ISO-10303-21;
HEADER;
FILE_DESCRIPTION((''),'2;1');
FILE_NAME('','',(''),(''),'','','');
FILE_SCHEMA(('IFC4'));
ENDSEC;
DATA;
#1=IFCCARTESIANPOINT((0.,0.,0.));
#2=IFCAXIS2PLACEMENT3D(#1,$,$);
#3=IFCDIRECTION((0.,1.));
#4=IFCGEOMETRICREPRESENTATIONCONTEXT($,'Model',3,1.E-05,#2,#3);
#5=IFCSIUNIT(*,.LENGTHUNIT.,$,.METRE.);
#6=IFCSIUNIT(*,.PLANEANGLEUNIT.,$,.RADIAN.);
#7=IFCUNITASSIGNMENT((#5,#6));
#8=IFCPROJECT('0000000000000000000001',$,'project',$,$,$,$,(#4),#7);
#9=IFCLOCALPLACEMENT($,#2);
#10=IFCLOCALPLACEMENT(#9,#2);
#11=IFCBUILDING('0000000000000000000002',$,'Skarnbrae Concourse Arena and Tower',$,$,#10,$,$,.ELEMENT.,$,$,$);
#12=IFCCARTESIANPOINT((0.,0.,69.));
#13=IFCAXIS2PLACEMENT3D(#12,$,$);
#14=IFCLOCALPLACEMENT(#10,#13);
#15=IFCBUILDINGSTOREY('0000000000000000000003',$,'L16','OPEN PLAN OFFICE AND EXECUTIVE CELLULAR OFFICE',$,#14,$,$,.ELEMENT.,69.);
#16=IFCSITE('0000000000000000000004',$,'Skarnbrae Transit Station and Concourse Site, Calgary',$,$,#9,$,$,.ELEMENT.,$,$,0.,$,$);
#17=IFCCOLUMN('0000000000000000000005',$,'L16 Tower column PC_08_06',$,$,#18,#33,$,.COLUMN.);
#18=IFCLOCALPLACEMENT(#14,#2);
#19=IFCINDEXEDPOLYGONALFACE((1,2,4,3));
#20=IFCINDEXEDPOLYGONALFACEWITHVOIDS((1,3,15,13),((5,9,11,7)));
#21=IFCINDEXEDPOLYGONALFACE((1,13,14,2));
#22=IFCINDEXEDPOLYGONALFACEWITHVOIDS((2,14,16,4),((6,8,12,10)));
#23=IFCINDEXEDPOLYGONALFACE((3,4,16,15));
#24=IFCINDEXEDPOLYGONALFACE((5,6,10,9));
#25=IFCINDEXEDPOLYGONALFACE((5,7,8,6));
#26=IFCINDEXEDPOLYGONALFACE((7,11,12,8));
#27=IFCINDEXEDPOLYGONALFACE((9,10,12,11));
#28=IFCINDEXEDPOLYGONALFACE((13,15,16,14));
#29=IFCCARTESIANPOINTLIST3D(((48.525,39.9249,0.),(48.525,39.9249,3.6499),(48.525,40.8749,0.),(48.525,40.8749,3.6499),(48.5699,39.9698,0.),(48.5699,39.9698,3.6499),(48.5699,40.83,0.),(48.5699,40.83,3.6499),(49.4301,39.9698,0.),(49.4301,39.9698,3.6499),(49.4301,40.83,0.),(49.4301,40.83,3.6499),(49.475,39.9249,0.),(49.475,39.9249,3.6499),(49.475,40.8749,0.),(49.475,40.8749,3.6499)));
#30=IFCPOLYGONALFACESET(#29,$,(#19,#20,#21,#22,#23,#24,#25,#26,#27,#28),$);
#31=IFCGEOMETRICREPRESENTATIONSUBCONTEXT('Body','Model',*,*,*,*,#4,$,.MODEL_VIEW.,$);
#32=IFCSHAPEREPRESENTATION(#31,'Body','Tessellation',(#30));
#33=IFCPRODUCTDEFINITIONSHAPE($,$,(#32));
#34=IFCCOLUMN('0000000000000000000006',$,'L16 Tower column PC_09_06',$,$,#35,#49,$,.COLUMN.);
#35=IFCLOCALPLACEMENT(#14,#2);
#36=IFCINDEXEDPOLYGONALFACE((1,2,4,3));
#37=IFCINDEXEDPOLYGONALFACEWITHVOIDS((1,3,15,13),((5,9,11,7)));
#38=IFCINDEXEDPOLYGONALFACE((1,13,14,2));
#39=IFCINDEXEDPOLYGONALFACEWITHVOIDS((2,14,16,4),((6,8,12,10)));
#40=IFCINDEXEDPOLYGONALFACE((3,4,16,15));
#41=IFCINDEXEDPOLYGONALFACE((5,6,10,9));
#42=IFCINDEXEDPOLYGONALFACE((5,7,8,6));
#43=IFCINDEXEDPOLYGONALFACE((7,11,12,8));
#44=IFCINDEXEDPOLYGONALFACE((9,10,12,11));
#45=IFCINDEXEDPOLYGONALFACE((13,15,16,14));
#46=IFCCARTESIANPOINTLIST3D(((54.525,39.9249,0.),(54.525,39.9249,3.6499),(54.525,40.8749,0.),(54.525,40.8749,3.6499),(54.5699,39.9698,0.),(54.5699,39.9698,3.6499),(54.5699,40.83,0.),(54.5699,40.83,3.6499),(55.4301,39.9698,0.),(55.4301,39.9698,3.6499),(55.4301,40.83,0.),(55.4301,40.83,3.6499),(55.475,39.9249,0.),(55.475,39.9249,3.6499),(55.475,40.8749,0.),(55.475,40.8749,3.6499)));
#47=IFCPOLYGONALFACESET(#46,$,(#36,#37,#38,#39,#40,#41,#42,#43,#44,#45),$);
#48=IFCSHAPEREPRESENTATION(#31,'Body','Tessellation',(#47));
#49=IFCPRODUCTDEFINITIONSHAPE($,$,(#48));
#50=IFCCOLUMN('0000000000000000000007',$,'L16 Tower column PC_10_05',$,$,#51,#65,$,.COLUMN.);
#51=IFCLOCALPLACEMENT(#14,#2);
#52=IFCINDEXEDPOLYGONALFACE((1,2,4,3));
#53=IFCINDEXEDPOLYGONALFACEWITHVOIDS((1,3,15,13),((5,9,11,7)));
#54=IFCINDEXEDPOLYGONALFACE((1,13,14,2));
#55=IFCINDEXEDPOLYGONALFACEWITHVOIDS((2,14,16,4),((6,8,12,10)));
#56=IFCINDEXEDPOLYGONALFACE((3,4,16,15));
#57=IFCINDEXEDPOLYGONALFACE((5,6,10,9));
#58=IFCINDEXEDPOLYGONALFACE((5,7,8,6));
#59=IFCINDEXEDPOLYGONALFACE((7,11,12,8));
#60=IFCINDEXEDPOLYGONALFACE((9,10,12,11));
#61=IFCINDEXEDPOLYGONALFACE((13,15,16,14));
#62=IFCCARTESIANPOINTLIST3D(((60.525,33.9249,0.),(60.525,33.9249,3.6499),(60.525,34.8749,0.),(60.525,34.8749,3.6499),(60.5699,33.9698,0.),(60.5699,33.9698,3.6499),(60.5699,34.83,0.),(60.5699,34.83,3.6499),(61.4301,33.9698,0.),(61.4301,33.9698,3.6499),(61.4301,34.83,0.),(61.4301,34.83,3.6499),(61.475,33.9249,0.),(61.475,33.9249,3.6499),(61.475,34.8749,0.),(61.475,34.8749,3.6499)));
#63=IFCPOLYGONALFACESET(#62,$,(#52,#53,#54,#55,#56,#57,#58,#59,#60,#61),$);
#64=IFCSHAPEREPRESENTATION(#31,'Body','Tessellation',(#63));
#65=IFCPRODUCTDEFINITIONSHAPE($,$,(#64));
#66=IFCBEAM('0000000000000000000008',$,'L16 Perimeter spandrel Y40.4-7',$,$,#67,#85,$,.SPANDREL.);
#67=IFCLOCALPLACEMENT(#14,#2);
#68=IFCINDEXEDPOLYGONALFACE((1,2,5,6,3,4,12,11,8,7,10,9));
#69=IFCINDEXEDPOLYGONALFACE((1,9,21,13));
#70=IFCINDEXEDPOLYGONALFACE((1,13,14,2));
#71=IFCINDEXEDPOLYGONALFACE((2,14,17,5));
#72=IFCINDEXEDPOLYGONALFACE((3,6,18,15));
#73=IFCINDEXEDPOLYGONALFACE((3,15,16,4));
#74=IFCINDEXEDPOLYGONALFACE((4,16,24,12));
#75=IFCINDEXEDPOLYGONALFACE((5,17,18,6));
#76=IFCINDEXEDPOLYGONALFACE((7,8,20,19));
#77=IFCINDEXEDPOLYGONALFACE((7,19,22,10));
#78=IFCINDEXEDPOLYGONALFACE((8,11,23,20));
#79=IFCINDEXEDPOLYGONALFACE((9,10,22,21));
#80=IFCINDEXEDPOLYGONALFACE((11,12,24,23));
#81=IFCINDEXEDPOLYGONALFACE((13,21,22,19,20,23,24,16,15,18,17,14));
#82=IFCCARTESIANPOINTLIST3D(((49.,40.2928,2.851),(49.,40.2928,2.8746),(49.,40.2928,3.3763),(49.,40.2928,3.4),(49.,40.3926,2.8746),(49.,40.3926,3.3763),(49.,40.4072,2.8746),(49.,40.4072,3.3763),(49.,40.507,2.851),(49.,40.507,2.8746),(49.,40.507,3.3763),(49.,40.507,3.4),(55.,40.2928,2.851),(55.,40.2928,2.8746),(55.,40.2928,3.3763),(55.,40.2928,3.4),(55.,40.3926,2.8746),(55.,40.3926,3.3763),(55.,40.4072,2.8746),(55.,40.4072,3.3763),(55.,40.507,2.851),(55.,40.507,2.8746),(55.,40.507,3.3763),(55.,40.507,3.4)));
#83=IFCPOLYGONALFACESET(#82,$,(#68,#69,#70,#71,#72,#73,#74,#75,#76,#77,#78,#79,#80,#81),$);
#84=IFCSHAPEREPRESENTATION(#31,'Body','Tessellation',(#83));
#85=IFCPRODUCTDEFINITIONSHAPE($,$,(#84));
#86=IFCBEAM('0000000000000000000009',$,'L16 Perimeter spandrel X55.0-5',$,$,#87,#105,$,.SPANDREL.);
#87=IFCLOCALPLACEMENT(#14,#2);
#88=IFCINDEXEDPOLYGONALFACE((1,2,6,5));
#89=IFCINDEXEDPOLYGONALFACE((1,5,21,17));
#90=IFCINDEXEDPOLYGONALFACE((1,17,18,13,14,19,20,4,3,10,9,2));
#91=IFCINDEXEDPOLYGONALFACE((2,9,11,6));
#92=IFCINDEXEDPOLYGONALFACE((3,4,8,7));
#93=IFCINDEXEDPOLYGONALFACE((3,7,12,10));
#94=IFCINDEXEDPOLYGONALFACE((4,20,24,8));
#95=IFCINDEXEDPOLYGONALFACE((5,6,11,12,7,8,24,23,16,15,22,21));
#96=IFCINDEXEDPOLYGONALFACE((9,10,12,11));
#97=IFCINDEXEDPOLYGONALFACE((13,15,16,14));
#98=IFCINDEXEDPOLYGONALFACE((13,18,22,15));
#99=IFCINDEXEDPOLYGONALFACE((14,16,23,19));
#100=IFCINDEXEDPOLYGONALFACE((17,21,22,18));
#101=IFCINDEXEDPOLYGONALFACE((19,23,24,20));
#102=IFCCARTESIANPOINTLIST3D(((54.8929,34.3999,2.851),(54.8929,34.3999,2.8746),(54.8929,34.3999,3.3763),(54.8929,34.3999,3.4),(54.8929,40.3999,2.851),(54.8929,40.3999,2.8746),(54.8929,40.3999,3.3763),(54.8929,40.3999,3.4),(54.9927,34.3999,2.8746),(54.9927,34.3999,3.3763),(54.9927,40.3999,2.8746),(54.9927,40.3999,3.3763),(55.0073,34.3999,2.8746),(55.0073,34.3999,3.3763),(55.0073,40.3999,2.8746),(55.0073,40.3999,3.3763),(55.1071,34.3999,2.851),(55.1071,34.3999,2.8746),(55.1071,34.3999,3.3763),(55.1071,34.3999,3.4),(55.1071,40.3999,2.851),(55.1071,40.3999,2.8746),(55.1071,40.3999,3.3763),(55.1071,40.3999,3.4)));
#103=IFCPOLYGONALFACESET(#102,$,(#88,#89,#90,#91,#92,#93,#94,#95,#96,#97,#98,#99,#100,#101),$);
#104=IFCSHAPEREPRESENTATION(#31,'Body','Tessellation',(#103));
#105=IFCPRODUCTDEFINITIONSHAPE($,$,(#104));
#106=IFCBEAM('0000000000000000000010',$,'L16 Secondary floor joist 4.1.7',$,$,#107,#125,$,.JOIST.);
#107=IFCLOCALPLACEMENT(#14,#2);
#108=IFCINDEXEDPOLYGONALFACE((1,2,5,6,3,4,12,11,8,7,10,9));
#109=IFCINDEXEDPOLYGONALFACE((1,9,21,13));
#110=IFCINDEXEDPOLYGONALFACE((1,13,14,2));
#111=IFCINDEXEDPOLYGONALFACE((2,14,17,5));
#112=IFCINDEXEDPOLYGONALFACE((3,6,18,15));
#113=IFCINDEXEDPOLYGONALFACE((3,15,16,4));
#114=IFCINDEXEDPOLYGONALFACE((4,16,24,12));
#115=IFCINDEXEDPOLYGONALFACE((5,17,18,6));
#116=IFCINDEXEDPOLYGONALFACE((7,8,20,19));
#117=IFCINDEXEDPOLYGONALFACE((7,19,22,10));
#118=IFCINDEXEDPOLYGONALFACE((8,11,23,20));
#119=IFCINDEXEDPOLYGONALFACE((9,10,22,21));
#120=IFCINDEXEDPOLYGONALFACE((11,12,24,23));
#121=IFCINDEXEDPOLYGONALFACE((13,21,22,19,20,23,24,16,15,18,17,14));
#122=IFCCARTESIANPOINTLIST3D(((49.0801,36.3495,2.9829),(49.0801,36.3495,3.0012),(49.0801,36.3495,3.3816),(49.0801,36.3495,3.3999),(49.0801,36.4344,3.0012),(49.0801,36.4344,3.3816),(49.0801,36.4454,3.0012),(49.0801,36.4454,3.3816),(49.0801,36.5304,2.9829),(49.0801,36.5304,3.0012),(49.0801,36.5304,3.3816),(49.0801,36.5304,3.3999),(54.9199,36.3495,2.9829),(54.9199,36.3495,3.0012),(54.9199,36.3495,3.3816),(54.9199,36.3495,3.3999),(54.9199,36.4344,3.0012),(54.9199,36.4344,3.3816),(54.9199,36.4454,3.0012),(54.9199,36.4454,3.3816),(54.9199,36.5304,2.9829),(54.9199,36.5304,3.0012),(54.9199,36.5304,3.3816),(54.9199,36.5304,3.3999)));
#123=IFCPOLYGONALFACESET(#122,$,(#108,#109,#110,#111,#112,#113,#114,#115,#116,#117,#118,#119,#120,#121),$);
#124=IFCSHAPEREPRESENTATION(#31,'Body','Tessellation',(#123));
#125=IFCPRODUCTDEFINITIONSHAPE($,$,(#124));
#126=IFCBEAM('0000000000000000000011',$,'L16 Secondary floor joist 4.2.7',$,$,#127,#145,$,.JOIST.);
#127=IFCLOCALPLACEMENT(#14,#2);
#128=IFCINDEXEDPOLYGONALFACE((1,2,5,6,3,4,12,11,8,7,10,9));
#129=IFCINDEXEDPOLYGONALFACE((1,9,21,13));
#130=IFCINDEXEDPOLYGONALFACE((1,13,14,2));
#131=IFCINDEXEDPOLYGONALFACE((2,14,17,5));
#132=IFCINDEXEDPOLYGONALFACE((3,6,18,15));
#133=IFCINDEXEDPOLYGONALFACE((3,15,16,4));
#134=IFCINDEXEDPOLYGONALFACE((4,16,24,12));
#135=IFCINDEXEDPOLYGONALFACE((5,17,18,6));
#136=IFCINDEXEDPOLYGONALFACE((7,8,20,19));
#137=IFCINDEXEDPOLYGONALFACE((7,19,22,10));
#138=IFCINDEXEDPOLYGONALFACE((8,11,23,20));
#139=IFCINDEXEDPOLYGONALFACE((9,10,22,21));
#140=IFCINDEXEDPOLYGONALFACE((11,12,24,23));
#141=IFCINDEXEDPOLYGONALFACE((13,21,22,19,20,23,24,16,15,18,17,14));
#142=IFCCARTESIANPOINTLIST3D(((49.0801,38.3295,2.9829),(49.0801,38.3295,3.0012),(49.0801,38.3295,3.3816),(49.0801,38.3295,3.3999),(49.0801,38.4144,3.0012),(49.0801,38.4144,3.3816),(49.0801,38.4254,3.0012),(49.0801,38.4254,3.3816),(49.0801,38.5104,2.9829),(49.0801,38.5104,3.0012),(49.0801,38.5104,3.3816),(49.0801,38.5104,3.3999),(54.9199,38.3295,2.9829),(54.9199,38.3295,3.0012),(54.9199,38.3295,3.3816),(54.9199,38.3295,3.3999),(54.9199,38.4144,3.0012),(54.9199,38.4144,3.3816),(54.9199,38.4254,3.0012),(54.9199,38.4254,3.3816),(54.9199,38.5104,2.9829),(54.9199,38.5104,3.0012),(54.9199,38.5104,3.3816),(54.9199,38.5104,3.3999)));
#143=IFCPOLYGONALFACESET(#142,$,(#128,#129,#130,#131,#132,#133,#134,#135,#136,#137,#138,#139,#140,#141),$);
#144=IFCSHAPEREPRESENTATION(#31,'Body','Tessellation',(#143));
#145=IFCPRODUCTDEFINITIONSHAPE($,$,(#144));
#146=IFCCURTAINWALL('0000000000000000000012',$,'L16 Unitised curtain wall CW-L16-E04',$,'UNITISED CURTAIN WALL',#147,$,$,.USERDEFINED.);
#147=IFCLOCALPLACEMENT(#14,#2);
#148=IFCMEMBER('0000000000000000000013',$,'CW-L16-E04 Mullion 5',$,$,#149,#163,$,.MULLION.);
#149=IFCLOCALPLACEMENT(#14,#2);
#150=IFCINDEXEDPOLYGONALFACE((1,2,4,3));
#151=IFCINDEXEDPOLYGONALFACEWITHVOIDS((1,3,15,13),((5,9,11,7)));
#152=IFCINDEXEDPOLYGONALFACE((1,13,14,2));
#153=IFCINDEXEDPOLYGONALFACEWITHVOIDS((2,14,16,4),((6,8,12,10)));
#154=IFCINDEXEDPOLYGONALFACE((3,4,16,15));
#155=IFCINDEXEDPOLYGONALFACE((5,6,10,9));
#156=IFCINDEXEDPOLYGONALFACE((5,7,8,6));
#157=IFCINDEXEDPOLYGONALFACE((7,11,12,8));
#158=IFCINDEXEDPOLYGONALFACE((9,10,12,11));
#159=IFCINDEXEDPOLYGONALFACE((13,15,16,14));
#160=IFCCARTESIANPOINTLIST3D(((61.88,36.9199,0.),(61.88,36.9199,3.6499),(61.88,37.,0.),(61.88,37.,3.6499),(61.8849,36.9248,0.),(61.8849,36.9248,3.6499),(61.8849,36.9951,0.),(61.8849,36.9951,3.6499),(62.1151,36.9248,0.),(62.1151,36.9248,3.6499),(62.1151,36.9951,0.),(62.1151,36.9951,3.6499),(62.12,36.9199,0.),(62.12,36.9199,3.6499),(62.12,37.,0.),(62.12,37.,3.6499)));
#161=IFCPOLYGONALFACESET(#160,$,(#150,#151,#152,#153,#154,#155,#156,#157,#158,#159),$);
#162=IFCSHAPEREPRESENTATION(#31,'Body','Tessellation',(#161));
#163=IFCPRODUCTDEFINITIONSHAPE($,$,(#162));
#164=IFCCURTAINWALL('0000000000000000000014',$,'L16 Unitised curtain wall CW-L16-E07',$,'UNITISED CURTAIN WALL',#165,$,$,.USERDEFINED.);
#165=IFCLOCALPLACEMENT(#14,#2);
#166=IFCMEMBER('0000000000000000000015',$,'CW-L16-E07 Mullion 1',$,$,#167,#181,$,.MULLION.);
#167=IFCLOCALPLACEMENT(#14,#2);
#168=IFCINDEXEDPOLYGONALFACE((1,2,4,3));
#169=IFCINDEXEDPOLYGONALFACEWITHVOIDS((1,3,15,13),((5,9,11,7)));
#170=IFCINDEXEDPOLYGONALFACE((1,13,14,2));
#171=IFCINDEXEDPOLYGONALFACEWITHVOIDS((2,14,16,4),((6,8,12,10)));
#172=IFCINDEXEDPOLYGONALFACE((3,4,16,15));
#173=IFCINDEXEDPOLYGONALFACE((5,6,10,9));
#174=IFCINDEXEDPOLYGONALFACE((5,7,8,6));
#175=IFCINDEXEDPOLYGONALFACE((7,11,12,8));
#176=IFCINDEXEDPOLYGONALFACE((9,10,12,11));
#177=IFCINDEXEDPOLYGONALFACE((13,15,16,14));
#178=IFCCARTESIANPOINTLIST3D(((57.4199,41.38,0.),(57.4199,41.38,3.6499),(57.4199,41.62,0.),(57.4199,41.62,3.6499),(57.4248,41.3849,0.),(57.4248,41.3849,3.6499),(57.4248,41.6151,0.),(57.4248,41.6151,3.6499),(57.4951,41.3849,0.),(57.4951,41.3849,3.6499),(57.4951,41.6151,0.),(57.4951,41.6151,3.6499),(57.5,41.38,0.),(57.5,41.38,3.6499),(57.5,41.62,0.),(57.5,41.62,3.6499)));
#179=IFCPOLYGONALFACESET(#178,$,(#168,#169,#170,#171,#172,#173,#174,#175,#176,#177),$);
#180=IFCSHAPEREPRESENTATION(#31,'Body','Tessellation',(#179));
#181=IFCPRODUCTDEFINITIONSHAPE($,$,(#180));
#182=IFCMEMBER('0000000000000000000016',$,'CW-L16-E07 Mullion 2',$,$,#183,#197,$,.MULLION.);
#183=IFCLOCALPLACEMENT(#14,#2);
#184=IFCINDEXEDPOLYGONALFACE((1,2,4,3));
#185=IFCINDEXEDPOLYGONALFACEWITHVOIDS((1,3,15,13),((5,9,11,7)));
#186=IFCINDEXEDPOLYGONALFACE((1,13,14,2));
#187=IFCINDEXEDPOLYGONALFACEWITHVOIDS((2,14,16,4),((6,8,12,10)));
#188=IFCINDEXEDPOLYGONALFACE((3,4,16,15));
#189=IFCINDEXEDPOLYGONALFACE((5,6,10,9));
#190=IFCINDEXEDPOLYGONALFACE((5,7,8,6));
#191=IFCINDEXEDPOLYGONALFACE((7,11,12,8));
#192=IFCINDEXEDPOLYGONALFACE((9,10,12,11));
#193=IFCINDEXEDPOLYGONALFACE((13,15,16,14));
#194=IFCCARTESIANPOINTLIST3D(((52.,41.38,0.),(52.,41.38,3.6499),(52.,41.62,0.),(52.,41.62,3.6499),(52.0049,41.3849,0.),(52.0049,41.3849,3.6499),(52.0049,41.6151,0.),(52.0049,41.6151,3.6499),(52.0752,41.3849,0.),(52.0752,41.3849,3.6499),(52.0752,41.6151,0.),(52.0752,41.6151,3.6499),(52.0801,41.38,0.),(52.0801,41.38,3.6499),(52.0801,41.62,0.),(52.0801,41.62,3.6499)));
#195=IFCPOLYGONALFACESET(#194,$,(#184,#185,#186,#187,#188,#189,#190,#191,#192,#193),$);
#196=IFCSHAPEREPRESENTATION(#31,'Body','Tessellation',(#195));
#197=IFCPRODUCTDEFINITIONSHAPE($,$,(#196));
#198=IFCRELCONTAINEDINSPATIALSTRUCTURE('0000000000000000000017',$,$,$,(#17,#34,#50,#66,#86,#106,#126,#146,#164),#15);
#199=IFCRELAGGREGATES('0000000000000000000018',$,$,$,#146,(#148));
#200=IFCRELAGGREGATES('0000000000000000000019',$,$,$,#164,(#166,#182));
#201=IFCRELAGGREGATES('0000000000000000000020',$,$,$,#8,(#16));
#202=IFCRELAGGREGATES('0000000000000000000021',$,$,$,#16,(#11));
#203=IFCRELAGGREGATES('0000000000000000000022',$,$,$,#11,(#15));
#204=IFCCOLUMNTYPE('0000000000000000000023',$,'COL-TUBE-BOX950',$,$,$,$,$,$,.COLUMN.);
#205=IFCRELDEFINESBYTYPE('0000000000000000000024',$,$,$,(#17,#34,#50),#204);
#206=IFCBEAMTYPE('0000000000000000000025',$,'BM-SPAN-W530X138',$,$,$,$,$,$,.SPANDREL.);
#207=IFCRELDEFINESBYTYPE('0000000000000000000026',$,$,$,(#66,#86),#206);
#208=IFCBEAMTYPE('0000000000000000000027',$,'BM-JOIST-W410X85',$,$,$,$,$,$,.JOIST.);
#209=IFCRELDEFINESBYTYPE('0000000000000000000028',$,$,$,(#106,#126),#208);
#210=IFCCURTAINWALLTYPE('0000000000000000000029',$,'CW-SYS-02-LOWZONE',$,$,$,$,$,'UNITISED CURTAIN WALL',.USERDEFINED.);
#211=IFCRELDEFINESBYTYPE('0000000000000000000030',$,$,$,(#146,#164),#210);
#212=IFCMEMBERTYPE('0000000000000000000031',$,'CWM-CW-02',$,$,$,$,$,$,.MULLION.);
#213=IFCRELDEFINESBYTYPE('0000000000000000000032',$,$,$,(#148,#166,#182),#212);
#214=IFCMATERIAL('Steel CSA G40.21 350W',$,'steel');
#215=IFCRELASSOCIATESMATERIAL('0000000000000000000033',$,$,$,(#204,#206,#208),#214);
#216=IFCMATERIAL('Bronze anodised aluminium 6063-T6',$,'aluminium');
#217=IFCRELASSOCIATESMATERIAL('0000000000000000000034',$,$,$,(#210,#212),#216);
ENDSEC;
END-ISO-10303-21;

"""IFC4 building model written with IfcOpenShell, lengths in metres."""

from ifc_helpers import new_model, si_unit, direction, frame, origin, origin_2d, place, context, subcontext, project, spatial, hollow_rectangle, i_section, extrude, source, transform, mapped, material, material_profile, profile_set, type_object, element, aggregate, save


model = new_model("IFC4")

# Units and contexts
model_context = context("Model", 3, precision=1e-05, world=origin(), true_north=direction((0.0, 1.0)))
body_context = subcontext(model_context, "Body", "Model", "MODEL_VIEW")
ifc_project = project(units=[si_unit("LENGTHUNIT", "METRE"), si_unit("PLANEANGLEUNIT", "RADIAN")], contexts=[model_context])

# Site, building, storey
site_placement = place(None, origin())
site = spatial("IfcSite", under=ifc_project, at=site_placement, Name="Skarnbrae Transit Station and Concourse Site, Calgary", CompositionType="ELEMENT", RefElevation=0.0)
building_placement = place(site_placement, origin())
building = spatial("IfcBuilding", under=site, at=building_placement, Name="Skarnbrae Concourse Arena and Tower", CompositionType="ELEMENT")
storey_placement = place(building_placement, frame((0.0, 0.0, 69.0)))
storey = spatial("IfcBuildingStorey", under=building, at=storey_placement, Name="L16", Description="OPEN PLAN OFFICE AND EXECUTIVE CELLULAR OFFICE", CompositionType="ELEMENT", Elevation=69.0)

# Columns
ifc_material_1 = material(Name="Steel CSA G40.21 350W", Category="steel")
ifc_material_profile_1 = material_profile(ifc_material_1, hollow_rectangle(XDim=0.95, YDim=0.95, WallThickness=0.0449, at=origin_2d()), Name="BOX950X950X45")
ifc_profile_set_1 = profile_set([ifc_material_profile_1], Name="Steel CSA G40.21 350W")
column_type = type_object("IfcColumnType", Name="COL-TUBE-BOX950", PredefinedType="COLUMN", material=ifc_profile_set_1)
shared_shape_1 = source(origin(), body_context, "Body", "SweptSolid", [
    extrude(hollow_rectangle(XDim=0.95, YDim=0.95, WallThickness=0.0449, at=origin_2d()), origin(), (0.0, 0.0, 1.0), 3.6499),
])
for number, where, z_axis, x_axis, name in (
    (1, (49.0, 40.3999, 0.0), (0.0, 0.0, 1.0), (1.0, 0.0, 0.0), "L16 Tower column PC_08_06"),
    (2, (55.0, 40.3999, 0.0), (0.0, 0.0, 1.0), (1.0, 0.0, 0.0), "L16 Tower column PC_09_06"),
    (3, (61.0, 34.3999, 0.0), (0.0, 0.0, 1.0), (1.0, 0.0, 0.0), "L16 Tower column PC_10_05"),
):
    element("IfcColumn", number, at=place(storey_placement, frame(where, z_axis=z_axis, x_axis=x_axis)), inside=storey, type_object=column_type, Name=name, PredefinedType="COLUMN", context=body_context, shape_type="MappedRepresentation", body=[
        mapped(shared_shape_1, transform((0.0, 0.0, 0.0))),
    ])

# Beams
ifc_material_profile_2 = material_profile(ifc_material_1, i_section(OverallWidth=0.2141, OverallDepth=0.5491, WebThickness=0.0146, FlangeThickness=0.0237, at=origin_2d()), Name="W530X138")
ifc_profile_set_2 = profile_set([ifc_material_profile_2], Name="Steel CSA G40.21 350W")
beam_type_1 = type_object("IfcBeamType", Name="BM-SPAN-W530X138", PredefinedType="SPANDREL", material=ifc_profile_set_2)
shared_shape_2 = source(origin(), body_context, "Body", "SweptSolid", [
    extrude(i_section(OverallWidth=0.2141, OverallDepth=0.5491, WebThickness=0.0146, FlangeThickness=0.0237, at=origin_2d()), origin(), (0.0, 0.0, 1.0), 6.0),
])
for number, where, z_axis, x_axis, name in (
    (4, (49.0, 40.3999, 3.1255), (1.0, 0.0, 0.0), (0.0, 1.0, 0.0), "L16 Perimeter spandrel Y40.4-7"),
    (5, (55.0, 34.3999, 3.1255), (0.0, 1.0, 0.0), (-1.0, 0.0, 0.0), "L16 Perimeter spandrel X55.0-5"),
):
    element("IfcBeam", number, at=place(storey_placement, frame(where, z_axis=z_axis, x_axis=x_axis)), inside=storey, type_object=beam_type_1, Name=name, PredefinedType="SPANDREL", context=body_context, shape_type="MappedRepresentation", body=[
        mapped(shared_shape_2, transform((0.0, 0.0, 0.0))),
    ])
ifc_material_profile_3 = material_profile(ifc_material_1, i_section(OverallWidth=0.1809, OverallDepth=0.417, WebThickness=0.011, FlangeThickness=0.0183, at=origin_2d()), Name="W410X85")
ifc_profile_set_3 = profile_set([ifc_material_profile_3], Name="Steel CSA G40.21 350W")
beam_type_2 = type_object("IfcBeamType", Name="BM-JOIST-W410X85", PredefinedType="JOIST", material=ifc_profile_set_3)
shared_shape_3 = source(origin(), body_context, "Body", "SweptSolid", [
    extrude(i_section(OverallWidth=0.1809, OverallDepth=0.417, WebThickness=0.011, FlangeThickness=0.0183, at=origin_2d()), origin(), (0.0, 0.0, 1.0), 5.8398),
])
for number, where, z_axis, x_axis, name in (
    (6, (49.0801, 36.4399, 3.1914), (1.0, 0.0, 0.0), (0.0, 1.0, 0.0), "L16 Secondary floor joist 4.1.7"),
    (7, (49.0801, 38.4199, 3.1914), (1.0, 0.0, 0.0), (0.0, 1.0, 0.0), "L16 Secondary floor joist 4.2.7"),
):
    element("IfcBeam", number, at=place(storey_placement, frame(where, z_axis=z_axis, x_axis=x_axis)), inside=storey, type_object=beam_type_2, Name=name, PredefinedType="JOIST", context=body_context, shape_type="MappedRepresentation", body=[
        mapped(shared_shape_3, transform((0.0, 0.0, 0.0))),
    ])

# Curtain wall, member
ifc_material_2 = material(Name="Bronze anodised aluminium 6063-T6", Category="aluminium")
curtain_wall_type = type_object("IfcCurtainWallType", Name="CW-SYS-02-LOWZONE", ElementType="UNITISED CURTAIN WALL", PredefinedType="USERDEFINED", material=ifc_material_2)
curtain_wall_1_placement = place(storey_placement, origin())
curtain_wall_1 = element("IfcCurtainWall", 8, at=curtain_wall_1_placement, inside=storey, type_object=curtain_wall_type, Name="L16 Unitised curtain wall CW-L16-E04", ObjectType="UNITISED CURTAIN WALL", PredefinedType="USERDEFINED")
ifc_material_profile_4 = material_profile(ifc_material_2, hollow_rectangle(XDim=0.0801, YDim=0.24, WallThickness=0.0049, at=origin_2d()), Name="ALU-MULL-80X240")
ifc_profile_set_4 = profile_set([ifc_material_profile_4], Name="Bronze anodised aluminium 6063-T6")
member_type_1 = type_object("IfcMemberType", Name="CWM-CW-02", PredefinedType="MULLION", material=ifc_profile_set_4)
shared_shape_4 = source(origin(), body_context, "Body", "SweptSolid", [
    extrude(hollow_rectangle(XDim=0.0801, YDim=0.24, WallThickness=0.0049, at=origin_2d()), origin(), (0.0, 0.0, 1.0), 3.6499),
])
member_1_placement = place(storey_placement, frame((62.0, 36.96, 0.0), z_axis=(0.0, 0.0, 1.0), x_axis=(0.0, 1.0, 0.0)))
member_1 = element("IfcMember", 9, at=member_1_placement, type_object=member_type_1, Name="CW-L16-E04 Mullion 5", PredefinedType="MULLION", context=body_context, shape_type="MappedRepresentation", body=[
    mapped(shared_shape_4, transform((0.0, 0.0, 0.0))),
])
aggregate(curtain_wall_1, [member_1])

# Curtain wall, members
curtain_wall_2_placement = place(storey_placement, origin())
curtain_wall_2 = element("IfcCurtainWall", 10, at=curtain_wall_2_placement, inside=storey, type_object=curtain_wall_type, Name="L16 Unitised curtain wall CW-L16-E07", ObjectType="UNITISED CURTAIN WALL", PredefinedType="USERDEFINED")
member_2_placement = place(storey_placement, frame((57.46, 41.5, 0.0), z_axis=(0.0, 0.0, 1.0), x_axis=(-1.0, 0.0, 0.0)))
member_2 = element("IfcMember", 11, at=member_2_placement, type_object=member_type_1, Name="CW-L16-E07 Mullion 1", PredefinedType="MULLION", context=body_context, shape_type="MappedRepresentation", body=[
    mapped(shared_shape_4, transform((0.0, 0.0, 0.0))),
])
member_3_placement = place(storey_placement, frame((52.04, 41.5, 0.0), z_axis=(0.0, 0.0, 1.0), x_axis=(-1.0, 0.0, 0.0)))
member_3 = element("IfcMember", 12, at=member_3_placement, type_object=member_type_1, Name="CW-L16-E07 Mullion 2", PredefinedType="MULLION", context=body_context, shape_type="MappedRepresentation", body=[
    mapped(shared_shape_4, transform((0.0, 0.0, 0.0))),
])

aggregate(curtain_wall_2, [member_2, member_3])

save(model, "model.ifc")
